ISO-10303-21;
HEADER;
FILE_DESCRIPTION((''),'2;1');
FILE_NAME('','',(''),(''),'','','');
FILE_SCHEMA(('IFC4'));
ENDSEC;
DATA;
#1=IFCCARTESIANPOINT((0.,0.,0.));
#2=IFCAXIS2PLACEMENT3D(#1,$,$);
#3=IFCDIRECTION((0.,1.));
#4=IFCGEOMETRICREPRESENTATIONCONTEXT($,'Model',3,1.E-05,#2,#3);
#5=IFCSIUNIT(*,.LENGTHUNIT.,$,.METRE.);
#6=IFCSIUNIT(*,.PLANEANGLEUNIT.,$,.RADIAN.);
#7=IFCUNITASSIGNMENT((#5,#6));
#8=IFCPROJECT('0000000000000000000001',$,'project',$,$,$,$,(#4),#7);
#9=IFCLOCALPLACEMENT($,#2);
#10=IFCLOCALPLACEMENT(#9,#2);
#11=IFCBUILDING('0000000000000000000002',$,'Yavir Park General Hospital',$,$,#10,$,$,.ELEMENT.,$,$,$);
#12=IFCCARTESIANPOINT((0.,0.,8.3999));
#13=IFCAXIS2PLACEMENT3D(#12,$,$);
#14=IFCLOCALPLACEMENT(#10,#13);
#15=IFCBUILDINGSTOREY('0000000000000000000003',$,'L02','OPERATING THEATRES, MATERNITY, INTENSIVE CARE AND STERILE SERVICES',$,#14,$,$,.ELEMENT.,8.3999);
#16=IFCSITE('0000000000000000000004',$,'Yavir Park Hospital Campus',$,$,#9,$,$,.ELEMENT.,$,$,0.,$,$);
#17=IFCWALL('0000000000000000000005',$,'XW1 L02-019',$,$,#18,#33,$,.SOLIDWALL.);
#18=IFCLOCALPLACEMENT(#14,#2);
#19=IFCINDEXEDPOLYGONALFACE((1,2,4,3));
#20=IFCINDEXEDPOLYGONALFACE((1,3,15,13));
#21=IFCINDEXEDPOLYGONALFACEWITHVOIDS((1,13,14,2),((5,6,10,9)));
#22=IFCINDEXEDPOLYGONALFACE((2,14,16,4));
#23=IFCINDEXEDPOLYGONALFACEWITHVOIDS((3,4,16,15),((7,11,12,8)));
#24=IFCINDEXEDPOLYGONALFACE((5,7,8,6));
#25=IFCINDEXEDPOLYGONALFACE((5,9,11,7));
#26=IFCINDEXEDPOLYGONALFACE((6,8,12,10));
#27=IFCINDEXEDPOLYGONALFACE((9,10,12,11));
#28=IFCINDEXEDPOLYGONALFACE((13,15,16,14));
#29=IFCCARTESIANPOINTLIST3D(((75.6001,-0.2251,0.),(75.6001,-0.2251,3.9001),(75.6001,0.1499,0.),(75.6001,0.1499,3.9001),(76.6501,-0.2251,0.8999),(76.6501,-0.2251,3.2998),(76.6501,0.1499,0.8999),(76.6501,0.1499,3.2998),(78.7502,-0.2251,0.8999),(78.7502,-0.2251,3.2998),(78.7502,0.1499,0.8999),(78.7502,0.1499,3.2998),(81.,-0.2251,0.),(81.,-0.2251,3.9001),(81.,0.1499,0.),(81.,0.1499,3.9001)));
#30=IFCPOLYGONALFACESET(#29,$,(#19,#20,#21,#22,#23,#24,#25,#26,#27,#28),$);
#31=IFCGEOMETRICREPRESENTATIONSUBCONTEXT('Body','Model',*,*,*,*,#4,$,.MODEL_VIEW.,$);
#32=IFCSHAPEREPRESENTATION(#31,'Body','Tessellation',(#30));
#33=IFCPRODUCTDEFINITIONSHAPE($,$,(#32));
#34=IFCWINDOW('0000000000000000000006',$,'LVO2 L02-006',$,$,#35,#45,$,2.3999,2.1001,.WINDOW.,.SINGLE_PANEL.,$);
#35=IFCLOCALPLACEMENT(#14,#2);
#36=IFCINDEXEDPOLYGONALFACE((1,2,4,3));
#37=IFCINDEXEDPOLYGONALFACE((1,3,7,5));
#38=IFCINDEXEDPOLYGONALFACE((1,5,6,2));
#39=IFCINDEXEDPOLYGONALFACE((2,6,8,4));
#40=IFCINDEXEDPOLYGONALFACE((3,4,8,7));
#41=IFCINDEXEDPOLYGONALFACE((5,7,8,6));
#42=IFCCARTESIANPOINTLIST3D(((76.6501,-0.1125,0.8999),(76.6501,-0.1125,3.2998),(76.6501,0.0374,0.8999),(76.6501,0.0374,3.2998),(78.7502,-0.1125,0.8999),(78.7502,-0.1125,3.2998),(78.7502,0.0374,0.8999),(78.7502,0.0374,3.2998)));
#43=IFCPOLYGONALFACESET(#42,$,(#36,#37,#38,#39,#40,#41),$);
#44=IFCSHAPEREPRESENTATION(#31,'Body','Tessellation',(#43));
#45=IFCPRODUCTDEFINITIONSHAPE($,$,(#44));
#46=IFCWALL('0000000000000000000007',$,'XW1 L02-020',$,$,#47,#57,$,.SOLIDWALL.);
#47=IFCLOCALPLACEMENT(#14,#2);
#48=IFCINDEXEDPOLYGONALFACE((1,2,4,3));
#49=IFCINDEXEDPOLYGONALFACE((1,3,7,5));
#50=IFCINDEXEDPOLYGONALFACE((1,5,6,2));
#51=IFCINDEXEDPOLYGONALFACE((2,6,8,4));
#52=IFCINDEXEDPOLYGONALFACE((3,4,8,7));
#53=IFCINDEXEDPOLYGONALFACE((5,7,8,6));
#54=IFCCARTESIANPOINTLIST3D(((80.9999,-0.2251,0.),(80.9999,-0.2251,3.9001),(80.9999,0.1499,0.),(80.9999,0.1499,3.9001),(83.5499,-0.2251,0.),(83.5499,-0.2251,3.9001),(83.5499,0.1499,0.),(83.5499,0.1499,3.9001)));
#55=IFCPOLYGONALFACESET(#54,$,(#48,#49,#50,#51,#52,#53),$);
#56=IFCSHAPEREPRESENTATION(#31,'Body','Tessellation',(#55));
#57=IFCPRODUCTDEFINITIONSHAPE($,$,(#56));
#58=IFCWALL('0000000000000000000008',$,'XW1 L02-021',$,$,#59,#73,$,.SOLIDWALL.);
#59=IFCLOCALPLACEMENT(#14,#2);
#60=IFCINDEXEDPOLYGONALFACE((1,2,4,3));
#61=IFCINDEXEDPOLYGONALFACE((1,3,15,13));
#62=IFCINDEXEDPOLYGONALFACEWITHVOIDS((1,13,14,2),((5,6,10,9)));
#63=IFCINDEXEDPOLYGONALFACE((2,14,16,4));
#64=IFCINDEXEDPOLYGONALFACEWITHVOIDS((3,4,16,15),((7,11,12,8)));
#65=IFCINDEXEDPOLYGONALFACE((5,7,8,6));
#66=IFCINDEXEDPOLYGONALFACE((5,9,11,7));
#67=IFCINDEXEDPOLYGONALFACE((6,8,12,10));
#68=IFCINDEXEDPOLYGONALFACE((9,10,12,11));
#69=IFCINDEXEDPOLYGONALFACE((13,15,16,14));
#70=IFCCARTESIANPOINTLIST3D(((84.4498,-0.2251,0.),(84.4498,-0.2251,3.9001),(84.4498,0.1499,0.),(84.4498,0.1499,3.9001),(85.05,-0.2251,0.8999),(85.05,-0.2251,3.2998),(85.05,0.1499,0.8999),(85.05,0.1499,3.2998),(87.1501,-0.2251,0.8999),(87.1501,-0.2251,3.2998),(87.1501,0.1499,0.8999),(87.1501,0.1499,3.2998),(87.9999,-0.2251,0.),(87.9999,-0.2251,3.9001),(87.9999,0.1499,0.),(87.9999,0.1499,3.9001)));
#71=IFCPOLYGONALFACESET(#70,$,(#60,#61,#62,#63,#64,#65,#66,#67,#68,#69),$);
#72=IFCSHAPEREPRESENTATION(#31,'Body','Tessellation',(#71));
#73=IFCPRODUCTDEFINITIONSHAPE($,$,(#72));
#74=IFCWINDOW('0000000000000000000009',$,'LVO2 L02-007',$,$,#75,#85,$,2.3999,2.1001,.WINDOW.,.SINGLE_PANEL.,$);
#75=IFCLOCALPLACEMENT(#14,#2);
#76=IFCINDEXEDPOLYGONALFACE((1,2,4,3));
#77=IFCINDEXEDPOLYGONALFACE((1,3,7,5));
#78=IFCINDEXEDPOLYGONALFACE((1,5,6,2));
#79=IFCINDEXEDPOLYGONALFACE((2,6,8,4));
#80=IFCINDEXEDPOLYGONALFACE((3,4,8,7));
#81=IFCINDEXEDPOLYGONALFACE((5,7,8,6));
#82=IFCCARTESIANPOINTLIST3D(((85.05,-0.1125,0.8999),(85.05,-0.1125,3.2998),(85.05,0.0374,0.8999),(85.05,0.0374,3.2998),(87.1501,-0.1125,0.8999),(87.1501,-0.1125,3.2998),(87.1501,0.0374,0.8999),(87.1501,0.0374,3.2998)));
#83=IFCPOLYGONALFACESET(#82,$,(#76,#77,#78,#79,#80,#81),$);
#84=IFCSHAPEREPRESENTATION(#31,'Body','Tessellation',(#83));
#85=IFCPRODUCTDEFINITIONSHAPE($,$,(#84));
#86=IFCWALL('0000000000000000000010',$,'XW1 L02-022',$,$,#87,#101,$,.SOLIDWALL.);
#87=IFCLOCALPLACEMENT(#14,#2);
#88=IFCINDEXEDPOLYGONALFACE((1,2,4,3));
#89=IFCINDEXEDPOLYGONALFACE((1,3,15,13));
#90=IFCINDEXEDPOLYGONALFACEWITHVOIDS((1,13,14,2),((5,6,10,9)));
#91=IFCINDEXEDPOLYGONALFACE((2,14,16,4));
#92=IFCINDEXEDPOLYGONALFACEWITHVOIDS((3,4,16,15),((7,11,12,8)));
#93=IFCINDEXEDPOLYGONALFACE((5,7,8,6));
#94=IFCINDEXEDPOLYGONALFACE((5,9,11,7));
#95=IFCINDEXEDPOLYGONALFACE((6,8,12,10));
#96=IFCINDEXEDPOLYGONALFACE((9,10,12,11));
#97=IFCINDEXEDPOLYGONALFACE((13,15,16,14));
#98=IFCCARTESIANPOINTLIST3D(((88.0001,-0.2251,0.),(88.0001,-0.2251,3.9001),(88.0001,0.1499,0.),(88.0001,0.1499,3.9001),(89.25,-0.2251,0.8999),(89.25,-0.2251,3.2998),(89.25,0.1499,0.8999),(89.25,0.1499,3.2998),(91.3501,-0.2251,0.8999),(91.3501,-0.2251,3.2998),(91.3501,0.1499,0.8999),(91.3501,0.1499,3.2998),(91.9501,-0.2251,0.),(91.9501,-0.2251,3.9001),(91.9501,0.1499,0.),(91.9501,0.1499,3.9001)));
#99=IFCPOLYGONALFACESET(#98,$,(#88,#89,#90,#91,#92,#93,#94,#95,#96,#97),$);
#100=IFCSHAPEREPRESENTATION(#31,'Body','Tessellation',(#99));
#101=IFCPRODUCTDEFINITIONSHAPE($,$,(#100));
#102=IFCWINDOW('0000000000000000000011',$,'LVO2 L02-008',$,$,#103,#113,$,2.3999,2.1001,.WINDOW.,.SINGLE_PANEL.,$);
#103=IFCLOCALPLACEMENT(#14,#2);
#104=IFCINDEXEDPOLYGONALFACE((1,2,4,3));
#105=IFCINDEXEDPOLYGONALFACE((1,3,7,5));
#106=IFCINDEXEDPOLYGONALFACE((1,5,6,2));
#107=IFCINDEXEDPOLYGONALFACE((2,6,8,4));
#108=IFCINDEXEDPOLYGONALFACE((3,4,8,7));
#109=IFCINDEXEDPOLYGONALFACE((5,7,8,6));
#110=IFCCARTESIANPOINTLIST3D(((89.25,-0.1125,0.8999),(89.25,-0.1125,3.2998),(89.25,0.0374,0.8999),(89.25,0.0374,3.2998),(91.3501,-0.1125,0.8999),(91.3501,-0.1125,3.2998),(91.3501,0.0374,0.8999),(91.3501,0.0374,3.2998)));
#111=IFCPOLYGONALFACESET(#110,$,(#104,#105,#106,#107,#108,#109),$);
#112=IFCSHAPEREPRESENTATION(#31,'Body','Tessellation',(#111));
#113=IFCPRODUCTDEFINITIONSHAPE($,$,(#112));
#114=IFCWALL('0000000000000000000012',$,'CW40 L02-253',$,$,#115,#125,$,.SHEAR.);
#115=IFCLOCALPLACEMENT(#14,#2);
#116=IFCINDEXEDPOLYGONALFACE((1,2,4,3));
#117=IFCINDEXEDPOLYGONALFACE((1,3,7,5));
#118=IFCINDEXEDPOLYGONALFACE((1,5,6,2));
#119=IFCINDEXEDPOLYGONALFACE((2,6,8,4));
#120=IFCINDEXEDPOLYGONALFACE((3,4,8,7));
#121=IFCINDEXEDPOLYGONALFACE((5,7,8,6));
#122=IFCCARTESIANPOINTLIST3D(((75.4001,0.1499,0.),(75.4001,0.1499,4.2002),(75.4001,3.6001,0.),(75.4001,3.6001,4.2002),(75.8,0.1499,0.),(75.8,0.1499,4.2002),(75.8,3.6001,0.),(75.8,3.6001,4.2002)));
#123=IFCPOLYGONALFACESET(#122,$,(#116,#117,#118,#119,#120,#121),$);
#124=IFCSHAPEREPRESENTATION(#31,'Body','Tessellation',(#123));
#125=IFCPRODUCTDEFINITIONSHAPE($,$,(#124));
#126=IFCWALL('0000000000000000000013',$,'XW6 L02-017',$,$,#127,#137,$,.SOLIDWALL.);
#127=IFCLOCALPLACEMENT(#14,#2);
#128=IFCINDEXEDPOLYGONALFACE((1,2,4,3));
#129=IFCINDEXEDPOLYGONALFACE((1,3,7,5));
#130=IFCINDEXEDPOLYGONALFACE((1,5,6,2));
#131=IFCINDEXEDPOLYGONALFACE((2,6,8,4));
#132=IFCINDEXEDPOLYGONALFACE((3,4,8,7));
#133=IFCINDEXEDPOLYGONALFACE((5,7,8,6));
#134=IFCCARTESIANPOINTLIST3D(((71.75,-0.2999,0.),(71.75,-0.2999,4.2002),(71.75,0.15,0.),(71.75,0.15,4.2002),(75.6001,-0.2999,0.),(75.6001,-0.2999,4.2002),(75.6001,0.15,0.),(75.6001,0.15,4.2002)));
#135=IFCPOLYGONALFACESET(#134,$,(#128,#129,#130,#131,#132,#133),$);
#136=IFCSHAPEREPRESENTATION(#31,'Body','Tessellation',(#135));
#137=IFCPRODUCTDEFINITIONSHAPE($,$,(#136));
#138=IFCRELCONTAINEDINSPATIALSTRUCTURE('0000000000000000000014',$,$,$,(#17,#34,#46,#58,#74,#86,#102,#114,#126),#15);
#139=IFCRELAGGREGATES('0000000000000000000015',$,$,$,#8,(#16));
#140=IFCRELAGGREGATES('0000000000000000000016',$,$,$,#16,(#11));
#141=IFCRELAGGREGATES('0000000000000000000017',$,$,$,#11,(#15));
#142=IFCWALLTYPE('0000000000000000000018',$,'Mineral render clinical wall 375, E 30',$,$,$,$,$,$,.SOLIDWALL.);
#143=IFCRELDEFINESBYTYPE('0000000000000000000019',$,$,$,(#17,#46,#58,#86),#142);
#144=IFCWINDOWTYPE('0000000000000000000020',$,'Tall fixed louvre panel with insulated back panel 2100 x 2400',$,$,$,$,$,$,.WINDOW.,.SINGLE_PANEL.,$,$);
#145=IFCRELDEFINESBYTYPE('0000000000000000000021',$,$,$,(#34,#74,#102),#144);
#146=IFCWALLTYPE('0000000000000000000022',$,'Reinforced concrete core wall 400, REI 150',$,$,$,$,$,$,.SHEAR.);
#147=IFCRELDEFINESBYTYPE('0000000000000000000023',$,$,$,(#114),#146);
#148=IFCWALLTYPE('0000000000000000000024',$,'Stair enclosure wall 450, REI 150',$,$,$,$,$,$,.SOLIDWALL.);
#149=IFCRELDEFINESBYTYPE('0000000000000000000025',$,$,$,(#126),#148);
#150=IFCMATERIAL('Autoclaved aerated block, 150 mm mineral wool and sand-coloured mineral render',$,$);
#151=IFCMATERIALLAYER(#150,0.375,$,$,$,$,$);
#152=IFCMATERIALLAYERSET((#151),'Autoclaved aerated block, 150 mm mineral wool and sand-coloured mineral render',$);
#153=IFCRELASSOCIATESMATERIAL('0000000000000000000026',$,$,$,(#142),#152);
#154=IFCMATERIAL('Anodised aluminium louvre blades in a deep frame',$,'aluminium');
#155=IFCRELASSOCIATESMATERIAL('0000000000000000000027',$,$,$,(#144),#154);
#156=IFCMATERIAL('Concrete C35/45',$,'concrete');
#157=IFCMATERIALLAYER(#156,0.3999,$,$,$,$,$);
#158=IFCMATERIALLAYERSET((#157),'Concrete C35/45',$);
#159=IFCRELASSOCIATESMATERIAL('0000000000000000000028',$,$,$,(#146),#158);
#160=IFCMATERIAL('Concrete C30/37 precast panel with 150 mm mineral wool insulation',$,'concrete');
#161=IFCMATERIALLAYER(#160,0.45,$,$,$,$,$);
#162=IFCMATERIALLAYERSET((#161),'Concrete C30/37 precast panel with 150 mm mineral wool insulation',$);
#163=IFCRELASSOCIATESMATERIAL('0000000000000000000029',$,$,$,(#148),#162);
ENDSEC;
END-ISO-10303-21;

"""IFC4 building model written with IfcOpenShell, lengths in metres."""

from ifc_helpers import new_model, si_unit, direction, frame, frame_2d, origin, place, context, subcontext, project, spatial, rectangle, extrude, material, layer, layer_set, type_object, element, fill, save


model = new_model("IFC4")

# Units and contexts
model_context = context("Model", 3, precision=1e-05, world=origin(), true_north=direction((0.0, 1.0)))
body_context = subcontext(model_context, "Body", "Model", "MODEL_VIEW")
ifc_project = project(units=[si_unit("LENGTHUNIT", "METRE"), si_unit("PLANEANGLEUNIT", "RADIAN")], contexts=[model_context])

# Site, building, storey
site_placement = place(None, origin())
site = spatial("IfcSite", under=ifc_project, at=site_placement, Name="Yavir Park Hospital Campus", CompositionType="ELEMENT", RefElevation=0.0)
building_placement = place(site_placement, origin())
building = spatial("IfcBuilding", under=site, at=building_placement, Name="Yavir Park General Hospital", CompositionType="ELEMENT")
storey_placement = place(building_placement, frame((0.0, 0.0, 8.3999)))
storey = spatial("IfcBuildingStorey", under=building, at=storey_placement, Name="L02", Description="OPERATING THEATRES, MATERNITY, INTENSIVE CARE AND STERILE SERVICES", CompositionType="ELEMENT", Elevation=8.3999)

# Wall, opening, window
ifc_material_1 = material(Name="Autoclaved aerated block, 150 mm mineral wool and sand-coloured mineral render")
ifc_layer_1 = layer(ifc_material_1, 0.375)
ifc_layer_set_1 = layer_set([ifc_layer_1], Name="Autoclaved aerated block, 150 mm mineral wool and sand-coloured mineral render")
wall_type_1 = type_object("IfcWallType", Name="Mineral render clinical wall 375, E 30", PredefinedType="SOLIDWALL", material=ifc_layer_set_1)
wall_1_placement = place(storey_placement, frame((75.6001, -0.0376, 0.0), z_axis=(0.0, 0.0, 1.0), x_axis=(1.0, 0.0, 0.0)))
wall_1 = element("IfcWall", 1, at=wall_1_placement, inside=storey, type_object=wall_type_1, Name="XW1 L02-019", PredefinedType="SOLIDWALL", context=body_context, shape_type="SweptSolid", body=[
    extrude(rectangle(XDim=5.3999, YDim=0.375, at=frame_2d((2.7, 0.0))), origin(), (0.0, 0.0, 1.0), 3.9001),
])
opening_1_placement = place(wall_1_placement, frame((1.05, 0.0, 0.8999)))
opening_1 = element("IfcOpeningElement", 2, at=opening_1_placement, cuts=wall_1, PredefinedType="OPENING", context=body_context, shape_type="SweptSolid", body=[
    extrude(rectangle(XDim=2.1001, YDim=2.3999, at=frame_2d((1.05, 1.2))), frame((0.0, 0.1975, 0.0), z_axis=(0.0, -1.0, 0.0), x_axis=(1.0, 0.0, 0.0)), (0.0, 0.0, 1.0), 0.395),
])
ifc_material_2 = material(Name="Anodised aluminium louvre blades in a deep frame", Category="aluminium")
window_type = type_object("IfcWindowType", Name="Tall fixed louvre panel with insulated back panel 2100 x 2400", PartitioningType="SINGLE_PANEL", PredefinedType="WINDOW", material=ifc_material_2)
window_1_placement = place(opening_1_placement, origin())
window_1 = element("IfcWindow", 3, at=window_1_placement, inside=storey, type_object=window_type, Name="LVO2 L02-006", OverallHeight=2.3999, OverallWidth=2.1001, PartitioningType="SINGLE_PANEL", PredefinedType="WINDOW", context=body_context, shape_type="SweptSolid", body=[
    extrude(rectangle(XDim=2.1001, YDim=2.3999, at=frame_2d((1.05, 1.2))), frame((0.0, 0.075, 0.0), z_axis=(0.0, -1.0, 0.0), x_axis=(1.0, 0.0, 0.0)), (0.0, 0.0, 1.0), 0.1499),
])
fill(opening_1, window_1)

# Wall
wall_2_placement = place(storey_placement, frame((81.0, -0.0376, 0.0), z_axis=(0.0, 0.0, 1.0), x_axis=(1.0, 0.0, 0.0)))
element("IfcWall", 4, at=wall_2_placement, inside=storey, type_object=wall_type_1, Name="XW1 L02-020", PredefinedType="SOLIDWALL", context=body_context, shape_type="SweptSolid", body=[
    extrude(rectangle(XDim=2.55, YDim=0.375, at=frame_2d((1.2749, 0.0))), origin(), (0.0, 0.0, 1.0), 3.9001),
])

# Walls, openings, windows
wall_3_placement = place(storey_placement, frame((84.45, -0.0376, 0.0), z_axis=(0.0, 0.0, 1.0), x_axis=(1.0, 0.0, 0.0)))
wall_3 = element("IfcWall", 5, at=wall_3_placement, inside=storey, type_object=wall_type_1, Name="XW1 L02-021", PredefinedType="SOLIDWALL", context=body_context, shape_type="SweptSolid", body=[
    extrude(rectangle(XDim=3.55, YDim=0.375, at=frame_2d((1.7749, 0.0))), origin(), (0.0, 0.0, 1.0), 3.9001),
])
opening_2_placement = place(wall_3_placement, frame((0.6001, 0.0, 0.8999)))
opening_2 = element("IfcOpeningElement", 6, at=opening_2_placement, cuts=wall_3, PredefinedType="OPENING", context=body_context, shape_type="SweptSolid", body=[
    extrude(rectangle(XDim=2.1001, YDim=2.3999, at=frame_2d((1.05, 1.2))), frame((0.0, 0.1975, 0.0), z_axis=(0.0, -1.0, 0.0), x_axis=(1.0, 0.0, 0.0)), (0.0, 0.0, 1.0), 0.395),
])
window_2_placement = place(opening_2_placement, origin())
window_2 = element("IfcWindow", 7, at=window_2_placement, inside=storey, type_object=window_type, Name="LVO2 L02-007", OverallHeight=2.3999, OverallWidth=2.1001, PartitioningType="SINGLE_PANEL", PredefinedType="WINDOW", context=body_context, shape_type="SweptSolid", body=[
    extrude(rectangle(XDim=2.1001, YDim=2.3999, at=frame_2d((1.05, 1.2))), frame((0.0, 0.075, 0.0), z_axis=(0.0, -1.0, 0.0), x_axis=(1.0, 0.0, 0.0)), (0.0, 0.0, 1.0), 0.1499),
])
fill(opening_2, window_2)
wall_4_placement = place(storey_placement, frame((88.0, -0.0376, 0.0), z_axis=(0.0, 0.0, 1.0), x_axis=(1.0, 0.0, 0.0)))
wall_4 = element("IfcWall", 8, at=wall_4_placement, inside=storey, type_object=wall_type_1, Name="XW1 L02-022", PredefinedType="SOLIDWALL", context=body_context, shape_type="SweptSolid", body=[
    extrude(rectangle(XDim=3.95, YDim=0.375, at=frame_2d((1.9751, 0.0))), origin(), (0.0, 0.0, 1.0), 3.9001),
])
opening_3_placement = place(wall_4_placement, frame((1.25, 0.0, 0.8999)))
opening_3 = element("IfcOpeningElement", 9, at=opening_3_placement, cuts=wall_4, PredefinedType="OPENING", context=body_context, shape_type="SweptSolid", body=[
    extrude(rectangle(XDim=2.1001, YDim=2.3999, at=frame_2d((1.05, 1.2))), frame((0.0, 0.1975, 0.0), z_axis=(0.0, -1.0, 0.0), x_axis=(1.0, 0.0, 0.0)), (0.0, 0.0, 1.0), 0.395),
])
window_3_placement = place(opening_3_placement, origin())
window_3 = element("IfcWindow", 10, at=window_3_placement, inside=storey, type_object=window_type, Name="LVO2 L02-008", OverallHeight=2.3999, OverallWidth=2.1001, PartitioningType="SINGLE_PANEL", PredefinedType="WINDOW", context=body_context, shape_type="SweptSolid", body=[
    extrude(rectangle(XDim=2.1001, YDim=2.3999, at=frame_2d((1.05, 1.2))), frame((0.0, 0.075, 0.0), z_axis=(0.0, -1.0, 0.0), x_axis=(1.0, 0.0, 0.0)), (0.0, 0.0, 1.0), 0.1499),
])
fill(opening_3, window_3)

# Walls
ifc_material_3 = material(Name="Concrete C35/45", Category="concrete")
ifc_layer_2 = layer(ifc_material_3, 0.3999)
ifc_layer_set_2 = layer_set([ifc_layer_2], Name="Concrete C35/45")
wall_type_2 = type_object("IfcWallType", Name="Reinforced concrete core wall 400, REI 150", PredefinedType="SHEAR", material=ifc_layer_set_2)
wall_5_placement = place(storey_placement, frame((75.6001, 0.1499, 0.0), z_axis=(0.0, 0.0, 1.0), x_axis=(0.0, 1.0, 0.0)))
element("IfcWall", 11, at=wall_5_placement, inside=storey, type_object=wall_type_2, Name="CW40 L02-253", PredefinedType="SHEAR", context=body_context, shape_type="SweptSolid", body=[
    extrude(rectangle(XDim=3.4502, YDim=0.3999, at=frame_2d((1.7251, 0.0))), origin(), (0.0, 0.0, 1.0), 4.2002),
])
ifc_material_4 = material(Name="Concrete C30/37 precast panel with 150 mm mineral wool insulation", Category="concrete")
ifc_layer_3 = layer(ifc_material_4, 0.45)
ifc_layer_set_3 = layer_set([ifc_layer_3], Name="Concrete C30/37 precast panel with 150 mm mineral wool insulation")
wall_type_3 = type_object("IfcWallType", Name="Stair enclosure wall 450, REI 150", PredefinedType="SOLIDWALL", material=ifc_layer_set_3)
wall_6_placement = place(storey_placement, frame((71.75, -0.075, 0.0), z_axis=(0.0, 0.0, 1.0), x_axis=(1.0, 0.0, 0.0)))
element("IfcWall", 12, at=wall_6_placement, inside=storey, type_object=wall_type_3, Name="XW6 L02-017", PredefinedType="SOLIDWALL", context=body_context, shape_type="SweptSolid", body=[
    extrude(rectangle(XDim=3.8501, YDim=0.45, at=frame_2d((1.925, 0.0))), origin(), (0.0, 0.0, 1.0), 4.2002),
])

save(model, "model.ifc")
